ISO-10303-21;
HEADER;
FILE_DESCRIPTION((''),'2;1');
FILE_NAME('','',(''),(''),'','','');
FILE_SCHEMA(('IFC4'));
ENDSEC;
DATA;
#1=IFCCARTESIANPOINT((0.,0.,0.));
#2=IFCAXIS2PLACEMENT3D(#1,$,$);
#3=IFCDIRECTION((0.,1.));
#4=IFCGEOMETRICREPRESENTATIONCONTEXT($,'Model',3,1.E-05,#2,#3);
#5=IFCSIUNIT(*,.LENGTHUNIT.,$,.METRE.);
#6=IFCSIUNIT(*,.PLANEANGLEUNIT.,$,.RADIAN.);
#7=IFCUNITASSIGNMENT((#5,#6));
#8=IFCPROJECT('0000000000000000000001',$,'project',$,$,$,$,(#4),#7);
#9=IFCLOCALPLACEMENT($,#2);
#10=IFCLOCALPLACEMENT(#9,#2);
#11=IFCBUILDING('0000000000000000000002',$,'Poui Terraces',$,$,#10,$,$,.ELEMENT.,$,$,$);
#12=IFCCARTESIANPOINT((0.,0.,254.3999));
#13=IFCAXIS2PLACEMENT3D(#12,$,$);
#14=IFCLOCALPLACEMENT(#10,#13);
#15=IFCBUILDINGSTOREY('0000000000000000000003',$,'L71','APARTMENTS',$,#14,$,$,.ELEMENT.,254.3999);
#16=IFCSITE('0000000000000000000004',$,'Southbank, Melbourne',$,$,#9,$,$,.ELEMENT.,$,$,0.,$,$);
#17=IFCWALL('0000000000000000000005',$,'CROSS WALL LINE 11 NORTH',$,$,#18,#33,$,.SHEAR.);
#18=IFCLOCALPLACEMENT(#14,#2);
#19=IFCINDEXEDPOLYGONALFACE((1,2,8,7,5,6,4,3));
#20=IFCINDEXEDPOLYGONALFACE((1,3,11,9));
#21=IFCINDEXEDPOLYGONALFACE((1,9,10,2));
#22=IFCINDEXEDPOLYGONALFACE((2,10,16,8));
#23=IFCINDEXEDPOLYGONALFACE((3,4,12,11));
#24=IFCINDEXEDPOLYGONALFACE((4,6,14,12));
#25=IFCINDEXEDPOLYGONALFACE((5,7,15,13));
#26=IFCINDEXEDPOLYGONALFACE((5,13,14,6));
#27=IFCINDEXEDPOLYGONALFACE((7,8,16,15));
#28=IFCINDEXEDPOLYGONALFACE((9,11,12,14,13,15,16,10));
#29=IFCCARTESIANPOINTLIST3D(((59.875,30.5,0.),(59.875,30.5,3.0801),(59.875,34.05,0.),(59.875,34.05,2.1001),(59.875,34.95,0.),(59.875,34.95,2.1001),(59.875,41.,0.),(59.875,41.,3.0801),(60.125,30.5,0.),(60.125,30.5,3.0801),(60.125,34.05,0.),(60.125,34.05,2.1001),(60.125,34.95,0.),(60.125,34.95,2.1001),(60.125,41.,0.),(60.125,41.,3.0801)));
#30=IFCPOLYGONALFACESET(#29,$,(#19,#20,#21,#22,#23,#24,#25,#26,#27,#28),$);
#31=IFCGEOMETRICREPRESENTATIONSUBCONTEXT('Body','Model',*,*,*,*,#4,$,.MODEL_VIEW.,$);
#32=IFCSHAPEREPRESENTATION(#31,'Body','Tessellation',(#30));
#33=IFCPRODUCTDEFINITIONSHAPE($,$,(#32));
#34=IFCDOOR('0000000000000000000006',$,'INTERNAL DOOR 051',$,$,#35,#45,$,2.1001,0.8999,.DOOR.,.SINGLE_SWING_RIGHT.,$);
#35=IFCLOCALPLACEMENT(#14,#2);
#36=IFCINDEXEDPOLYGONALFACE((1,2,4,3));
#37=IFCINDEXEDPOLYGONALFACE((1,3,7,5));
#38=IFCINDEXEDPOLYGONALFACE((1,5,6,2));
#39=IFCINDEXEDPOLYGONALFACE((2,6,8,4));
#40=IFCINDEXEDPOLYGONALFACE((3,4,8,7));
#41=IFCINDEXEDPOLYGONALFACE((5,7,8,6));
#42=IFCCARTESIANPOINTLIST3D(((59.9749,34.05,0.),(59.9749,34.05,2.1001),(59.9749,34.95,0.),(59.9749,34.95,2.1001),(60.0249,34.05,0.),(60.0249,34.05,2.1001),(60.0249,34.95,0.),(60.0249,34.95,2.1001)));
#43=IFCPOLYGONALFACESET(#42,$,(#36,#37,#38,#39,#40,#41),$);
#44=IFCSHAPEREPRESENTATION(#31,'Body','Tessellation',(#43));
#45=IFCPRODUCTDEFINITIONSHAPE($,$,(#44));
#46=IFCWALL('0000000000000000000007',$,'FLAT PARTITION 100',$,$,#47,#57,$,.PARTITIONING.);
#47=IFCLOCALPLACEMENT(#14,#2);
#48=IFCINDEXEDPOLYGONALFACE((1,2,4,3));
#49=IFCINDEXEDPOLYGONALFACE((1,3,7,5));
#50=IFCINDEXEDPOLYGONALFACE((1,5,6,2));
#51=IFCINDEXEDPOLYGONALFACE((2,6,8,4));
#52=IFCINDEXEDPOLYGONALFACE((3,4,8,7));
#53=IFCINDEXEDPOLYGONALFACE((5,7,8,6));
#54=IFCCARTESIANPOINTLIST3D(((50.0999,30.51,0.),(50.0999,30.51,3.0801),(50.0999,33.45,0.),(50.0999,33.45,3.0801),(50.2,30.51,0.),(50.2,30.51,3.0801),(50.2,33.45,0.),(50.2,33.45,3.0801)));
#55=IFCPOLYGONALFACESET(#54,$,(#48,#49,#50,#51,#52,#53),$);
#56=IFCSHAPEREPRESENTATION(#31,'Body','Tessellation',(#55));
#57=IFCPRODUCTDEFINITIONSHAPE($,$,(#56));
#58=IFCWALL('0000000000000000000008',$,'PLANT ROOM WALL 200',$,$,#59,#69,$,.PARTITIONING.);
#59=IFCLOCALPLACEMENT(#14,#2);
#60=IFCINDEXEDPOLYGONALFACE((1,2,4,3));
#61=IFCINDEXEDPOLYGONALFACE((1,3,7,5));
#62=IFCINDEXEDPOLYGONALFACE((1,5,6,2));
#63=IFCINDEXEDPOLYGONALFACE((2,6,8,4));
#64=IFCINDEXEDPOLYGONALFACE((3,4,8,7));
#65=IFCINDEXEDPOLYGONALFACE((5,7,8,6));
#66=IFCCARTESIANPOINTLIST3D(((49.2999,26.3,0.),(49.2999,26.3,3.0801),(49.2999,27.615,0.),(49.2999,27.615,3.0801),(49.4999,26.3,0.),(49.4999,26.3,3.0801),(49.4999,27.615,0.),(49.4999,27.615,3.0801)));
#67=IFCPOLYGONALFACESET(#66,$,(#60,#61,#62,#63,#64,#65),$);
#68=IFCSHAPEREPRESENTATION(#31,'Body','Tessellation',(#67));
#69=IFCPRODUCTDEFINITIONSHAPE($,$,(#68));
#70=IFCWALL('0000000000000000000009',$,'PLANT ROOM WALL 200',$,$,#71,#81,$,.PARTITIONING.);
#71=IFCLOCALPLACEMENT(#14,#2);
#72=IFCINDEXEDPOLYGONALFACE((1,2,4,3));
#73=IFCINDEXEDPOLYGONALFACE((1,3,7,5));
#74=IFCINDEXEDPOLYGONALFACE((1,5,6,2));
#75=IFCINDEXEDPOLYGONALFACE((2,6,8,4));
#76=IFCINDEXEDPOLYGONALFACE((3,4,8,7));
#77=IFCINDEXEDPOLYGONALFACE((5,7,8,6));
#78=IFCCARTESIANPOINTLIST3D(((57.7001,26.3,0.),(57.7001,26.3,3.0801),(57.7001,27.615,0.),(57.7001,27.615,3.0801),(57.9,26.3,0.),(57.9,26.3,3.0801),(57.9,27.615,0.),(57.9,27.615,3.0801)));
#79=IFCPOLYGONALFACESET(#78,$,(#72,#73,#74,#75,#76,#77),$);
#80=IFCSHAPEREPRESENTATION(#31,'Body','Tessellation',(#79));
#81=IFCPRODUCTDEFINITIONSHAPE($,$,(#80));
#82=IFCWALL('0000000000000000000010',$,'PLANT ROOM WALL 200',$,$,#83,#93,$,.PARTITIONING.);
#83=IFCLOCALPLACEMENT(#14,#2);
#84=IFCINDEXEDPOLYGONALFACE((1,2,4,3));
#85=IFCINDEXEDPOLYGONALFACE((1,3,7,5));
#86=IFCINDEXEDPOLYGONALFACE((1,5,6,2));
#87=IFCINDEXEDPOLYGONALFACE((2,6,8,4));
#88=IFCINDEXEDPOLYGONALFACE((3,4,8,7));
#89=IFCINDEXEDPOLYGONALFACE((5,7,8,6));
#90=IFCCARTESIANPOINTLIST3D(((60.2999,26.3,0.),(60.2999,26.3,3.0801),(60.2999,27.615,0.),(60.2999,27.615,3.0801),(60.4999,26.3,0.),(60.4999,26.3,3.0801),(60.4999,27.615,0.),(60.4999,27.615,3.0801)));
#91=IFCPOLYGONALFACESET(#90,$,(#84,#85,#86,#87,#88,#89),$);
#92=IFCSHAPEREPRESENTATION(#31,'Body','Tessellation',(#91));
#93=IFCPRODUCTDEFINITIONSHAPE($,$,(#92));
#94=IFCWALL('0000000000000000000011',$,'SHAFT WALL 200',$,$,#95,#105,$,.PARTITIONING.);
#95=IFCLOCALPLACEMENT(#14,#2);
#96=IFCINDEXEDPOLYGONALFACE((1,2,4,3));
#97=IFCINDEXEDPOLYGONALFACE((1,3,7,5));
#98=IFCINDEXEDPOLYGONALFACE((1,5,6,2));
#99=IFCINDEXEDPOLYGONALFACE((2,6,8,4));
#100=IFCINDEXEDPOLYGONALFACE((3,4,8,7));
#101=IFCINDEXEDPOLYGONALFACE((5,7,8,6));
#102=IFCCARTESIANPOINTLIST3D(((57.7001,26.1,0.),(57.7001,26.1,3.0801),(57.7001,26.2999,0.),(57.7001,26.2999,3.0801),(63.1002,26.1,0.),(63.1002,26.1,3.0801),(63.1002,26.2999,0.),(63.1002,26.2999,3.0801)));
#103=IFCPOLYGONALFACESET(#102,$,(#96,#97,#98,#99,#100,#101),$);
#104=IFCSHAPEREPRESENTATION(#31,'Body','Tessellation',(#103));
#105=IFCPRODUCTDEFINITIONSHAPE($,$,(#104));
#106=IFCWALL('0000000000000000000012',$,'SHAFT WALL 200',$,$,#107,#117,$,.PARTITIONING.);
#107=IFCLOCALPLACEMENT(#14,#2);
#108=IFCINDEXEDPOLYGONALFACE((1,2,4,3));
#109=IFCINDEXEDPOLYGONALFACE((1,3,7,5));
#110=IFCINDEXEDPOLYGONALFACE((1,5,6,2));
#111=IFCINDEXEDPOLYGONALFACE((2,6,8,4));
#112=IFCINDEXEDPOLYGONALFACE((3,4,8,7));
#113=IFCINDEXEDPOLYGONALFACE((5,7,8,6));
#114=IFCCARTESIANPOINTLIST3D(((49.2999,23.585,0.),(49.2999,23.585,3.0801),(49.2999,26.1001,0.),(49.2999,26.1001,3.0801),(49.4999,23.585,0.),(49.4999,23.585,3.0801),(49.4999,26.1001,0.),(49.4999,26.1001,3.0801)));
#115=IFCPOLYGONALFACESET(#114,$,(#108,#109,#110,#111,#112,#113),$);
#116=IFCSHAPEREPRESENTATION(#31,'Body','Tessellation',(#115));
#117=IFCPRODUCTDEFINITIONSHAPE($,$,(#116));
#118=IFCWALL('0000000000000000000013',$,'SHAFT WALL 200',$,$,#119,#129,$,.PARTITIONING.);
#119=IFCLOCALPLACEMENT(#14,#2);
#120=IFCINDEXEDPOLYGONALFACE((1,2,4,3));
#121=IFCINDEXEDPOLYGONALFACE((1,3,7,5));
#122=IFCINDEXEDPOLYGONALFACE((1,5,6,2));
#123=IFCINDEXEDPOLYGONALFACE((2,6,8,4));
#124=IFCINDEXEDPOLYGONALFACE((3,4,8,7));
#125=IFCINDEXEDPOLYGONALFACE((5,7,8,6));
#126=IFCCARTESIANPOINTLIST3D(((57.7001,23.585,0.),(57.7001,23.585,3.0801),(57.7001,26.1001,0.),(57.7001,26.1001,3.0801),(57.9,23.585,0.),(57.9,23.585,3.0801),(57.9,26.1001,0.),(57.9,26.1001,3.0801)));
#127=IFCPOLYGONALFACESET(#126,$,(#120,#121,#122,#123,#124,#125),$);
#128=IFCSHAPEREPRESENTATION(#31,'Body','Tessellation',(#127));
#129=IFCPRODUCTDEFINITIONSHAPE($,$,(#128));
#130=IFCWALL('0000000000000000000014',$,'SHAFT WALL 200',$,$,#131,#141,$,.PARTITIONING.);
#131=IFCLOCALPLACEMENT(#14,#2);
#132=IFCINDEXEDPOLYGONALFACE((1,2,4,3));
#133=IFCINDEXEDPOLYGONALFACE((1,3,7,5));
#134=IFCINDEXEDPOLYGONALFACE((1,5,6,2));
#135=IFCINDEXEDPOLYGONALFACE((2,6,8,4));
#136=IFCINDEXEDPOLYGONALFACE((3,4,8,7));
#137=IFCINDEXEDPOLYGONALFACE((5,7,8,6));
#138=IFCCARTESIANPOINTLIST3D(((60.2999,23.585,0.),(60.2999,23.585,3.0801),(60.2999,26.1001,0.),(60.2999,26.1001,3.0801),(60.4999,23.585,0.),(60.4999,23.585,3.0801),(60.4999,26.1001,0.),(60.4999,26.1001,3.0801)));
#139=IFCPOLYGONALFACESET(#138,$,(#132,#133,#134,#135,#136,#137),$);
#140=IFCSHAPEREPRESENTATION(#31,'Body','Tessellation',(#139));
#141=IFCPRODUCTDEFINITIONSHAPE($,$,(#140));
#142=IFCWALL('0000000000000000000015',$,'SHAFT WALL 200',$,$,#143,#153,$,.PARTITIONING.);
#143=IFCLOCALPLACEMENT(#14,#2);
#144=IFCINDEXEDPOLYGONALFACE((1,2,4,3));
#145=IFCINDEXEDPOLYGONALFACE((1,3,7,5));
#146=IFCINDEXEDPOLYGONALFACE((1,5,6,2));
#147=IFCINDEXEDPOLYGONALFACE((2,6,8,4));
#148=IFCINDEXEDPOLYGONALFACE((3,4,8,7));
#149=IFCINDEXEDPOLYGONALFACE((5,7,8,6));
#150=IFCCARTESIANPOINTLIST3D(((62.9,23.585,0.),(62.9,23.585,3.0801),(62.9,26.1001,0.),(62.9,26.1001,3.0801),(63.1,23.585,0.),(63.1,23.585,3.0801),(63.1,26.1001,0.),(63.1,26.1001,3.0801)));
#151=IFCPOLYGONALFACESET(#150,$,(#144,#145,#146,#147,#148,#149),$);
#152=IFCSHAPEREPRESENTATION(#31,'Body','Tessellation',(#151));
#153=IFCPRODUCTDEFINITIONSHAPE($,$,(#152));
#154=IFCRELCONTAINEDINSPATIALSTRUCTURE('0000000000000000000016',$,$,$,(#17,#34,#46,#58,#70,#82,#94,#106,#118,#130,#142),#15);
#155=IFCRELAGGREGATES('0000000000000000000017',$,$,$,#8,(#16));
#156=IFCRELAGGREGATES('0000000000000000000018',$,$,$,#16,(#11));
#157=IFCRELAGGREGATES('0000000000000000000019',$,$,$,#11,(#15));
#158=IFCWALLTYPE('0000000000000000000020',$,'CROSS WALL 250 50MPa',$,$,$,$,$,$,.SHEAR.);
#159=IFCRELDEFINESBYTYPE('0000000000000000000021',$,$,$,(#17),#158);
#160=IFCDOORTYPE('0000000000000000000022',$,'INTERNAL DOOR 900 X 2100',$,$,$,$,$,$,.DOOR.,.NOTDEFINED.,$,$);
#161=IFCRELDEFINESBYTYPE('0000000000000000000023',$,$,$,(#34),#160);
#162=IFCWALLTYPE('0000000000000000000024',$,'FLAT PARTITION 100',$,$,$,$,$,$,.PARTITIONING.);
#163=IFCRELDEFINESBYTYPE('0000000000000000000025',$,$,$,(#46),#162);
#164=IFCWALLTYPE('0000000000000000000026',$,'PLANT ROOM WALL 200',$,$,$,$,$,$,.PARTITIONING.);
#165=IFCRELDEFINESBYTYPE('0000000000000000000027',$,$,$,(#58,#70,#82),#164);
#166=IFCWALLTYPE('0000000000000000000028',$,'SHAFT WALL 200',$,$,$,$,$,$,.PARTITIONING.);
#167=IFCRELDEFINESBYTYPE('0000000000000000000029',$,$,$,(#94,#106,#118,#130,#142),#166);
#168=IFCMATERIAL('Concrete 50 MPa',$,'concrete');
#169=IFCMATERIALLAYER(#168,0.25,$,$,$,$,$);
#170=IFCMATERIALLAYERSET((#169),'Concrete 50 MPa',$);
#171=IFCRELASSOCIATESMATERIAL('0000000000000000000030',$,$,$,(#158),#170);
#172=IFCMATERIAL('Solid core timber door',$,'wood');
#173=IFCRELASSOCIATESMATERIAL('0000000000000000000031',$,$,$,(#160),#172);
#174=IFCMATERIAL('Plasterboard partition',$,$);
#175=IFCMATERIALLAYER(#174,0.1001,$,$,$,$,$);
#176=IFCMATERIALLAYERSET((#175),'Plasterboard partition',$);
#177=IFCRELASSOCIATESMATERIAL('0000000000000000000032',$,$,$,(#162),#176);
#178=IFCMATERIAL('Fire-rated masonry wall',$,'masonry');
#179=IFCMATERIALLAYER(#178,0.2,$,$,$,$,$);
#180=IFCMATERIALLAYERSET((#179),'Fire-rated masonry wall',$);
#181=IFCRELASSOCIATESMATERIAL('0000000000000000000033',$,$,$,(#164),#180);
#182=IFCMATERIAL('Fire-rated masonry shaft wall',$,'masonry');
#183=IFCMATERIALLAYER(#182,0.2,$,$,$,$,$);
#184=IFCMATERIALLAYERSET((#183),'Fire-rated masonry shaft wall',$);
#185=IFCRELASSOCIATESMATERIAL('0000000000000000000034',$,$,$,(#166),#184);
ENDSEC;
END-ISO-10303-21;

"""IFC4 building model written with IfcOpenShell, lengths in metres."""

from ifc_helpers import new_model, si_unit, direction, frame, frame_2d, origin, place, context, subcontext, project, spatial, rectangle, extrude, material, layer, layer_set, type_object, element, fill, save


model = new_model("IFC4")

# Units and contexts
model_context = context("Model", 3, precision=1e-05, world=origin(), true_north=direction((0.0, 1.0)))
body_context = subcontext(model_context, "Body", "Model", "MODEL_VIEW")
ifc_project = project(units=[si_unit("LENGTHUNIT", "METRE"), si_unit("PLANEANGLEUNIT", "RADIAN")], contexts=[model_context])

# Site, building, storey
site_placement = place(None, origin())
site = spatial("IfcSite", under=ifc_project, at=site_placement, Name="Southbank, Melbourne", CompositionType="ELEMENT", RefElevation=0.0)
building_placement = place(site_placement, origin())
building = spatial("IfcBuilding", under=site, at=building_placement, Name="Poui Terraces", CompositionType="ELEMENT")
storey_placement = place(building_placement, frame((0.0, 0.0, 254.3999)))
storey = spatial("IfcBuildingStorey", under=building, at=storey_placement, Name="L71", Description="APARTMENTS", CompositionType="ELEMENT", Elevation=254.3999)

# Shared definitions
ifc_material_1 = material(Name="Concrete 50 MPa", Category="concrete")

# Shared definitions
ifc_layer_1 = layer(ifc_material_1, 0.25)
ifc_layer_set_1 = layer_set([ifc_layer_1], Name="Concrete 50 MPa")
wall_type_1 = type_object("IfcWallType", Name="CROSS WALL 250 50MPa", PredefinedType="SHEAR", material=ifc_layer_set_1)
ifc_material_2 = material(Name="Solid core timber door", Category="wood")
door_type_1 = type_object("IfcDoorType", Name="INTERNAL DOOR 900 X 2100", OperationType="NOTDEFINED", PredefinedType="DOOR", material=ifc_material_2)

# Wall, opening, door
wall_1_placement = place(storey_placement, frame((60.0, 30.5, 0.0), z_axis=(0.0, 0.0, 1.0), x_axis=(0.0, 1.0, 0.0)))
wall_1 = element("IfcWall", 1, at=wall_1_placement, inside=storey, type_object=wall_type_1, Name="CROSS WALL LINE 11 NORTH", PredefinedType="SHEAR", context=body_context, shape_type="SweptSolid", body=[
    extrude(rectangle(XDim=10.5, YDim=0.25, at=frame_2d((5.25, 0.0))), origin(), (0.0, 0.0, 1.0), 3.0801),
])
opening_1_placement = place(wall_1_placement, frame((3.55, 0.0, 0.0)))
opening_1 = element("IfcOpeningElement", 2, at=opening_1_placement, cuts=wall_1, PredefinedType="OPENING", context=body_context, shape_type="SweptSolid", body=[
    extrude(rectangle(XDim=0.8999, YDim=2.1001, at=frame_2d((0.45, 1.05))), frame((0.0, 0.135, 0.0), z_axis=(0.0, -1.0, 0.0), x_axis=(1.0, 0.0, 0.0)), (0.0, 0.0, 1.0), 0.27),
])
door_1_placement = place(opening_1_placement, frame((0.8999, 0.0, 0.0), z_axis=(0.0, 0.0, 1.0), x_axis=(-1.0, 0.0, 0.0)))
door_1 = element("IfcDoor", 3, at=door_1_placement, inside=storey, type_object=door_type_1, Name="INTERNAL DOOR 051", OperationType="SINGLE_SWING_RIGHT", OverallHeight=2.1001, OverallWidth=0.8999, PredefinedType="DOOR", context=body_context, shape_type="SweptSolid", body=[
    extrude(rectangle(XDim=0.8999, YDim=2.1001, at=frame_2d((0.45, 1.05))), frame((0.0, 0.0249, 0.0), z_axis=(0.0, -1.0, 0.0), x_axis=(1.0, 0.0, 0.0)), (0.0, 0.0, 1.0), 0.05),
])
fill(opening_1, door_1)

# Walls
ifc_material_3 = material(Name="Plasterboard partition")
ifc_layer_2 = layer(ifc_material_3, 0.1001)
ifc_layer_set_2 = layer_set([ifc_layer_2], Name="Plasterboard partition")
wall_type_2 = type_object("IfcWallType", Name="FLAT PARTITION 100", PredefinedType="PARTITIONING", material=ifc_layer_set_2)
wall_2_placement = place(storey_placement, frame((50.1499, 30.51, 0.0), z_axis=(0.0, 0.0, 1.0), x_axis=(0.0, 1.0, 0.0)))
element("IfcWall", 4, at=wall_2_placement, inside=storey, type_object=wall_type_2, Name="FLAT PARTITION 100", PredefinedType="PARTITIONING", context=body_context, shape_type="SweptSolid", body=[
    extrude(rectangle(XDim=2.9399, YDim=0.1001, at=frame_2d((1.47, 0.0))), origin(), (0.0, 0.0, 1.0), 3.0801),
])
ifc_material_4 = material(Name="Fire-rated masonry wall", Category="masonry")
ifc_layer_3 = layer(ifc_material_4, 0.2)
ifc_layer_set_3 = layer_set([ifc_layer_3], Name="Fire-rated masonry wall")
wall_type_3 = type_object("IfcWallType", Name="PLANT ROOM WALL 200", PredefinedType="PARTITIONING", material=ifc_layer_set_3)
for number, where, z_axis, x_axis, name in (
    (5, (49.3999, 26.3, 0.0), (0.0, 0.0, 1.0), (0.0, 1.0, 0.0), "PLANT ROOM WALL 200"),
    (6, (57.8, 26.3, 0.0), (0.0, 0.0, 1.0), (0.0, 1.0, 0.0), "PLANT ROOM WALL 200"),
    (7, (60.3999, 26.3, 0.0), (0.0, 0.0, 1.0), (0.0, 1.0, 0.0), "PLANT ROOM WALL 200"),
):
    element("IfcWall", number, at=place(storey_placement, frame(where, z_axis=z_axis, x_axis=x_axis)), inside=storey, type_object=wall_type_3, Name=name, PredefinedType="PARTITIONING", context=body_context, shape_type="SweptSolid", body=[
        extrude(rectangle(XDim=1.3149, YDim=0.2, at=frame_2d((0.6575, 0.0))), origin(), (0.0, 0.0, 1.0), 3.0801),
    ])
ifc_material_5 = material(Name="Fire-rated masonry shaft wall", Category="masonry")
ifc_layer_4 = layer(ifc_material_5, 0.2)
ifc_layer_set_4 = layer_set([ifc_layer_4], Name="Fire-rated masonry shaft wall")
wall_type_4 = type_object("IfcWallType", Name="SHAFT WALL 200", PredefinedType="PARTITIONING", material=ifc_layer_set_4)
wall_3_placement = place(storey_placement, frame((57.7, 26.2, 0.0), z_axis=(0.0, 0.0, 1.0), x_axis=(1.0, 0.0, 0.0)))
element("IfcWall", 8, at=wall_3_placement, inside=storey, type_object=wall_type_4, Name="SHAFT WALL 200", PredefinedType="PARTITIONING", context=body_context, shape_type="SweptSolid", body=[
    extrude(rectangle(XDim=5.4001, YDim=0.2, at=frame_2d((2.7002, 0.0))), origin(), (0.0, 0.0, 1.0), 3.0801),
])
for number, where, z_axis, x_axis, name in (
    (9, (49.3999, 23.585, 0.0), (0.0, 0.0, 1.0), (0.0, 1.0, 0.0), "SHAFT WALL 200"),
    (10, (57.8, 23.585, 0.0), (0.0, 0.0, 1.0), (0.0, 1.0, 0.0), "SHAFT WALL 200"),
    (11, (60.3999, 23.585, 0.0), (0.0, 0.0, 1.0), (0.0, 1.0, 0.0), "SHAFT WALL 200"),
    (12, (63.0, 23.585, 0.0), (0.0, 0.0, 1.0), (0.0, 1.0, 0.0), "SHAFT WALL 200"),
):
    element("IfcWall", number, at=place(storey_placement, frame(where, z_axis=z_axis, x_axis=x_axis)), inside=storey, type_object=wall_type_4, Name=name, PredefinedType="PARTITIONING", context=body_context, shape_type="SweptSolid", body=[
        extrude(rectangle(XDim=2.5151, YDim=0.2, at=frame_2d((1.2576, 0.0))), origin(), (0.0, 0.0, 1.0), 3.0801),
    ])

save(model, "model.ifc")
